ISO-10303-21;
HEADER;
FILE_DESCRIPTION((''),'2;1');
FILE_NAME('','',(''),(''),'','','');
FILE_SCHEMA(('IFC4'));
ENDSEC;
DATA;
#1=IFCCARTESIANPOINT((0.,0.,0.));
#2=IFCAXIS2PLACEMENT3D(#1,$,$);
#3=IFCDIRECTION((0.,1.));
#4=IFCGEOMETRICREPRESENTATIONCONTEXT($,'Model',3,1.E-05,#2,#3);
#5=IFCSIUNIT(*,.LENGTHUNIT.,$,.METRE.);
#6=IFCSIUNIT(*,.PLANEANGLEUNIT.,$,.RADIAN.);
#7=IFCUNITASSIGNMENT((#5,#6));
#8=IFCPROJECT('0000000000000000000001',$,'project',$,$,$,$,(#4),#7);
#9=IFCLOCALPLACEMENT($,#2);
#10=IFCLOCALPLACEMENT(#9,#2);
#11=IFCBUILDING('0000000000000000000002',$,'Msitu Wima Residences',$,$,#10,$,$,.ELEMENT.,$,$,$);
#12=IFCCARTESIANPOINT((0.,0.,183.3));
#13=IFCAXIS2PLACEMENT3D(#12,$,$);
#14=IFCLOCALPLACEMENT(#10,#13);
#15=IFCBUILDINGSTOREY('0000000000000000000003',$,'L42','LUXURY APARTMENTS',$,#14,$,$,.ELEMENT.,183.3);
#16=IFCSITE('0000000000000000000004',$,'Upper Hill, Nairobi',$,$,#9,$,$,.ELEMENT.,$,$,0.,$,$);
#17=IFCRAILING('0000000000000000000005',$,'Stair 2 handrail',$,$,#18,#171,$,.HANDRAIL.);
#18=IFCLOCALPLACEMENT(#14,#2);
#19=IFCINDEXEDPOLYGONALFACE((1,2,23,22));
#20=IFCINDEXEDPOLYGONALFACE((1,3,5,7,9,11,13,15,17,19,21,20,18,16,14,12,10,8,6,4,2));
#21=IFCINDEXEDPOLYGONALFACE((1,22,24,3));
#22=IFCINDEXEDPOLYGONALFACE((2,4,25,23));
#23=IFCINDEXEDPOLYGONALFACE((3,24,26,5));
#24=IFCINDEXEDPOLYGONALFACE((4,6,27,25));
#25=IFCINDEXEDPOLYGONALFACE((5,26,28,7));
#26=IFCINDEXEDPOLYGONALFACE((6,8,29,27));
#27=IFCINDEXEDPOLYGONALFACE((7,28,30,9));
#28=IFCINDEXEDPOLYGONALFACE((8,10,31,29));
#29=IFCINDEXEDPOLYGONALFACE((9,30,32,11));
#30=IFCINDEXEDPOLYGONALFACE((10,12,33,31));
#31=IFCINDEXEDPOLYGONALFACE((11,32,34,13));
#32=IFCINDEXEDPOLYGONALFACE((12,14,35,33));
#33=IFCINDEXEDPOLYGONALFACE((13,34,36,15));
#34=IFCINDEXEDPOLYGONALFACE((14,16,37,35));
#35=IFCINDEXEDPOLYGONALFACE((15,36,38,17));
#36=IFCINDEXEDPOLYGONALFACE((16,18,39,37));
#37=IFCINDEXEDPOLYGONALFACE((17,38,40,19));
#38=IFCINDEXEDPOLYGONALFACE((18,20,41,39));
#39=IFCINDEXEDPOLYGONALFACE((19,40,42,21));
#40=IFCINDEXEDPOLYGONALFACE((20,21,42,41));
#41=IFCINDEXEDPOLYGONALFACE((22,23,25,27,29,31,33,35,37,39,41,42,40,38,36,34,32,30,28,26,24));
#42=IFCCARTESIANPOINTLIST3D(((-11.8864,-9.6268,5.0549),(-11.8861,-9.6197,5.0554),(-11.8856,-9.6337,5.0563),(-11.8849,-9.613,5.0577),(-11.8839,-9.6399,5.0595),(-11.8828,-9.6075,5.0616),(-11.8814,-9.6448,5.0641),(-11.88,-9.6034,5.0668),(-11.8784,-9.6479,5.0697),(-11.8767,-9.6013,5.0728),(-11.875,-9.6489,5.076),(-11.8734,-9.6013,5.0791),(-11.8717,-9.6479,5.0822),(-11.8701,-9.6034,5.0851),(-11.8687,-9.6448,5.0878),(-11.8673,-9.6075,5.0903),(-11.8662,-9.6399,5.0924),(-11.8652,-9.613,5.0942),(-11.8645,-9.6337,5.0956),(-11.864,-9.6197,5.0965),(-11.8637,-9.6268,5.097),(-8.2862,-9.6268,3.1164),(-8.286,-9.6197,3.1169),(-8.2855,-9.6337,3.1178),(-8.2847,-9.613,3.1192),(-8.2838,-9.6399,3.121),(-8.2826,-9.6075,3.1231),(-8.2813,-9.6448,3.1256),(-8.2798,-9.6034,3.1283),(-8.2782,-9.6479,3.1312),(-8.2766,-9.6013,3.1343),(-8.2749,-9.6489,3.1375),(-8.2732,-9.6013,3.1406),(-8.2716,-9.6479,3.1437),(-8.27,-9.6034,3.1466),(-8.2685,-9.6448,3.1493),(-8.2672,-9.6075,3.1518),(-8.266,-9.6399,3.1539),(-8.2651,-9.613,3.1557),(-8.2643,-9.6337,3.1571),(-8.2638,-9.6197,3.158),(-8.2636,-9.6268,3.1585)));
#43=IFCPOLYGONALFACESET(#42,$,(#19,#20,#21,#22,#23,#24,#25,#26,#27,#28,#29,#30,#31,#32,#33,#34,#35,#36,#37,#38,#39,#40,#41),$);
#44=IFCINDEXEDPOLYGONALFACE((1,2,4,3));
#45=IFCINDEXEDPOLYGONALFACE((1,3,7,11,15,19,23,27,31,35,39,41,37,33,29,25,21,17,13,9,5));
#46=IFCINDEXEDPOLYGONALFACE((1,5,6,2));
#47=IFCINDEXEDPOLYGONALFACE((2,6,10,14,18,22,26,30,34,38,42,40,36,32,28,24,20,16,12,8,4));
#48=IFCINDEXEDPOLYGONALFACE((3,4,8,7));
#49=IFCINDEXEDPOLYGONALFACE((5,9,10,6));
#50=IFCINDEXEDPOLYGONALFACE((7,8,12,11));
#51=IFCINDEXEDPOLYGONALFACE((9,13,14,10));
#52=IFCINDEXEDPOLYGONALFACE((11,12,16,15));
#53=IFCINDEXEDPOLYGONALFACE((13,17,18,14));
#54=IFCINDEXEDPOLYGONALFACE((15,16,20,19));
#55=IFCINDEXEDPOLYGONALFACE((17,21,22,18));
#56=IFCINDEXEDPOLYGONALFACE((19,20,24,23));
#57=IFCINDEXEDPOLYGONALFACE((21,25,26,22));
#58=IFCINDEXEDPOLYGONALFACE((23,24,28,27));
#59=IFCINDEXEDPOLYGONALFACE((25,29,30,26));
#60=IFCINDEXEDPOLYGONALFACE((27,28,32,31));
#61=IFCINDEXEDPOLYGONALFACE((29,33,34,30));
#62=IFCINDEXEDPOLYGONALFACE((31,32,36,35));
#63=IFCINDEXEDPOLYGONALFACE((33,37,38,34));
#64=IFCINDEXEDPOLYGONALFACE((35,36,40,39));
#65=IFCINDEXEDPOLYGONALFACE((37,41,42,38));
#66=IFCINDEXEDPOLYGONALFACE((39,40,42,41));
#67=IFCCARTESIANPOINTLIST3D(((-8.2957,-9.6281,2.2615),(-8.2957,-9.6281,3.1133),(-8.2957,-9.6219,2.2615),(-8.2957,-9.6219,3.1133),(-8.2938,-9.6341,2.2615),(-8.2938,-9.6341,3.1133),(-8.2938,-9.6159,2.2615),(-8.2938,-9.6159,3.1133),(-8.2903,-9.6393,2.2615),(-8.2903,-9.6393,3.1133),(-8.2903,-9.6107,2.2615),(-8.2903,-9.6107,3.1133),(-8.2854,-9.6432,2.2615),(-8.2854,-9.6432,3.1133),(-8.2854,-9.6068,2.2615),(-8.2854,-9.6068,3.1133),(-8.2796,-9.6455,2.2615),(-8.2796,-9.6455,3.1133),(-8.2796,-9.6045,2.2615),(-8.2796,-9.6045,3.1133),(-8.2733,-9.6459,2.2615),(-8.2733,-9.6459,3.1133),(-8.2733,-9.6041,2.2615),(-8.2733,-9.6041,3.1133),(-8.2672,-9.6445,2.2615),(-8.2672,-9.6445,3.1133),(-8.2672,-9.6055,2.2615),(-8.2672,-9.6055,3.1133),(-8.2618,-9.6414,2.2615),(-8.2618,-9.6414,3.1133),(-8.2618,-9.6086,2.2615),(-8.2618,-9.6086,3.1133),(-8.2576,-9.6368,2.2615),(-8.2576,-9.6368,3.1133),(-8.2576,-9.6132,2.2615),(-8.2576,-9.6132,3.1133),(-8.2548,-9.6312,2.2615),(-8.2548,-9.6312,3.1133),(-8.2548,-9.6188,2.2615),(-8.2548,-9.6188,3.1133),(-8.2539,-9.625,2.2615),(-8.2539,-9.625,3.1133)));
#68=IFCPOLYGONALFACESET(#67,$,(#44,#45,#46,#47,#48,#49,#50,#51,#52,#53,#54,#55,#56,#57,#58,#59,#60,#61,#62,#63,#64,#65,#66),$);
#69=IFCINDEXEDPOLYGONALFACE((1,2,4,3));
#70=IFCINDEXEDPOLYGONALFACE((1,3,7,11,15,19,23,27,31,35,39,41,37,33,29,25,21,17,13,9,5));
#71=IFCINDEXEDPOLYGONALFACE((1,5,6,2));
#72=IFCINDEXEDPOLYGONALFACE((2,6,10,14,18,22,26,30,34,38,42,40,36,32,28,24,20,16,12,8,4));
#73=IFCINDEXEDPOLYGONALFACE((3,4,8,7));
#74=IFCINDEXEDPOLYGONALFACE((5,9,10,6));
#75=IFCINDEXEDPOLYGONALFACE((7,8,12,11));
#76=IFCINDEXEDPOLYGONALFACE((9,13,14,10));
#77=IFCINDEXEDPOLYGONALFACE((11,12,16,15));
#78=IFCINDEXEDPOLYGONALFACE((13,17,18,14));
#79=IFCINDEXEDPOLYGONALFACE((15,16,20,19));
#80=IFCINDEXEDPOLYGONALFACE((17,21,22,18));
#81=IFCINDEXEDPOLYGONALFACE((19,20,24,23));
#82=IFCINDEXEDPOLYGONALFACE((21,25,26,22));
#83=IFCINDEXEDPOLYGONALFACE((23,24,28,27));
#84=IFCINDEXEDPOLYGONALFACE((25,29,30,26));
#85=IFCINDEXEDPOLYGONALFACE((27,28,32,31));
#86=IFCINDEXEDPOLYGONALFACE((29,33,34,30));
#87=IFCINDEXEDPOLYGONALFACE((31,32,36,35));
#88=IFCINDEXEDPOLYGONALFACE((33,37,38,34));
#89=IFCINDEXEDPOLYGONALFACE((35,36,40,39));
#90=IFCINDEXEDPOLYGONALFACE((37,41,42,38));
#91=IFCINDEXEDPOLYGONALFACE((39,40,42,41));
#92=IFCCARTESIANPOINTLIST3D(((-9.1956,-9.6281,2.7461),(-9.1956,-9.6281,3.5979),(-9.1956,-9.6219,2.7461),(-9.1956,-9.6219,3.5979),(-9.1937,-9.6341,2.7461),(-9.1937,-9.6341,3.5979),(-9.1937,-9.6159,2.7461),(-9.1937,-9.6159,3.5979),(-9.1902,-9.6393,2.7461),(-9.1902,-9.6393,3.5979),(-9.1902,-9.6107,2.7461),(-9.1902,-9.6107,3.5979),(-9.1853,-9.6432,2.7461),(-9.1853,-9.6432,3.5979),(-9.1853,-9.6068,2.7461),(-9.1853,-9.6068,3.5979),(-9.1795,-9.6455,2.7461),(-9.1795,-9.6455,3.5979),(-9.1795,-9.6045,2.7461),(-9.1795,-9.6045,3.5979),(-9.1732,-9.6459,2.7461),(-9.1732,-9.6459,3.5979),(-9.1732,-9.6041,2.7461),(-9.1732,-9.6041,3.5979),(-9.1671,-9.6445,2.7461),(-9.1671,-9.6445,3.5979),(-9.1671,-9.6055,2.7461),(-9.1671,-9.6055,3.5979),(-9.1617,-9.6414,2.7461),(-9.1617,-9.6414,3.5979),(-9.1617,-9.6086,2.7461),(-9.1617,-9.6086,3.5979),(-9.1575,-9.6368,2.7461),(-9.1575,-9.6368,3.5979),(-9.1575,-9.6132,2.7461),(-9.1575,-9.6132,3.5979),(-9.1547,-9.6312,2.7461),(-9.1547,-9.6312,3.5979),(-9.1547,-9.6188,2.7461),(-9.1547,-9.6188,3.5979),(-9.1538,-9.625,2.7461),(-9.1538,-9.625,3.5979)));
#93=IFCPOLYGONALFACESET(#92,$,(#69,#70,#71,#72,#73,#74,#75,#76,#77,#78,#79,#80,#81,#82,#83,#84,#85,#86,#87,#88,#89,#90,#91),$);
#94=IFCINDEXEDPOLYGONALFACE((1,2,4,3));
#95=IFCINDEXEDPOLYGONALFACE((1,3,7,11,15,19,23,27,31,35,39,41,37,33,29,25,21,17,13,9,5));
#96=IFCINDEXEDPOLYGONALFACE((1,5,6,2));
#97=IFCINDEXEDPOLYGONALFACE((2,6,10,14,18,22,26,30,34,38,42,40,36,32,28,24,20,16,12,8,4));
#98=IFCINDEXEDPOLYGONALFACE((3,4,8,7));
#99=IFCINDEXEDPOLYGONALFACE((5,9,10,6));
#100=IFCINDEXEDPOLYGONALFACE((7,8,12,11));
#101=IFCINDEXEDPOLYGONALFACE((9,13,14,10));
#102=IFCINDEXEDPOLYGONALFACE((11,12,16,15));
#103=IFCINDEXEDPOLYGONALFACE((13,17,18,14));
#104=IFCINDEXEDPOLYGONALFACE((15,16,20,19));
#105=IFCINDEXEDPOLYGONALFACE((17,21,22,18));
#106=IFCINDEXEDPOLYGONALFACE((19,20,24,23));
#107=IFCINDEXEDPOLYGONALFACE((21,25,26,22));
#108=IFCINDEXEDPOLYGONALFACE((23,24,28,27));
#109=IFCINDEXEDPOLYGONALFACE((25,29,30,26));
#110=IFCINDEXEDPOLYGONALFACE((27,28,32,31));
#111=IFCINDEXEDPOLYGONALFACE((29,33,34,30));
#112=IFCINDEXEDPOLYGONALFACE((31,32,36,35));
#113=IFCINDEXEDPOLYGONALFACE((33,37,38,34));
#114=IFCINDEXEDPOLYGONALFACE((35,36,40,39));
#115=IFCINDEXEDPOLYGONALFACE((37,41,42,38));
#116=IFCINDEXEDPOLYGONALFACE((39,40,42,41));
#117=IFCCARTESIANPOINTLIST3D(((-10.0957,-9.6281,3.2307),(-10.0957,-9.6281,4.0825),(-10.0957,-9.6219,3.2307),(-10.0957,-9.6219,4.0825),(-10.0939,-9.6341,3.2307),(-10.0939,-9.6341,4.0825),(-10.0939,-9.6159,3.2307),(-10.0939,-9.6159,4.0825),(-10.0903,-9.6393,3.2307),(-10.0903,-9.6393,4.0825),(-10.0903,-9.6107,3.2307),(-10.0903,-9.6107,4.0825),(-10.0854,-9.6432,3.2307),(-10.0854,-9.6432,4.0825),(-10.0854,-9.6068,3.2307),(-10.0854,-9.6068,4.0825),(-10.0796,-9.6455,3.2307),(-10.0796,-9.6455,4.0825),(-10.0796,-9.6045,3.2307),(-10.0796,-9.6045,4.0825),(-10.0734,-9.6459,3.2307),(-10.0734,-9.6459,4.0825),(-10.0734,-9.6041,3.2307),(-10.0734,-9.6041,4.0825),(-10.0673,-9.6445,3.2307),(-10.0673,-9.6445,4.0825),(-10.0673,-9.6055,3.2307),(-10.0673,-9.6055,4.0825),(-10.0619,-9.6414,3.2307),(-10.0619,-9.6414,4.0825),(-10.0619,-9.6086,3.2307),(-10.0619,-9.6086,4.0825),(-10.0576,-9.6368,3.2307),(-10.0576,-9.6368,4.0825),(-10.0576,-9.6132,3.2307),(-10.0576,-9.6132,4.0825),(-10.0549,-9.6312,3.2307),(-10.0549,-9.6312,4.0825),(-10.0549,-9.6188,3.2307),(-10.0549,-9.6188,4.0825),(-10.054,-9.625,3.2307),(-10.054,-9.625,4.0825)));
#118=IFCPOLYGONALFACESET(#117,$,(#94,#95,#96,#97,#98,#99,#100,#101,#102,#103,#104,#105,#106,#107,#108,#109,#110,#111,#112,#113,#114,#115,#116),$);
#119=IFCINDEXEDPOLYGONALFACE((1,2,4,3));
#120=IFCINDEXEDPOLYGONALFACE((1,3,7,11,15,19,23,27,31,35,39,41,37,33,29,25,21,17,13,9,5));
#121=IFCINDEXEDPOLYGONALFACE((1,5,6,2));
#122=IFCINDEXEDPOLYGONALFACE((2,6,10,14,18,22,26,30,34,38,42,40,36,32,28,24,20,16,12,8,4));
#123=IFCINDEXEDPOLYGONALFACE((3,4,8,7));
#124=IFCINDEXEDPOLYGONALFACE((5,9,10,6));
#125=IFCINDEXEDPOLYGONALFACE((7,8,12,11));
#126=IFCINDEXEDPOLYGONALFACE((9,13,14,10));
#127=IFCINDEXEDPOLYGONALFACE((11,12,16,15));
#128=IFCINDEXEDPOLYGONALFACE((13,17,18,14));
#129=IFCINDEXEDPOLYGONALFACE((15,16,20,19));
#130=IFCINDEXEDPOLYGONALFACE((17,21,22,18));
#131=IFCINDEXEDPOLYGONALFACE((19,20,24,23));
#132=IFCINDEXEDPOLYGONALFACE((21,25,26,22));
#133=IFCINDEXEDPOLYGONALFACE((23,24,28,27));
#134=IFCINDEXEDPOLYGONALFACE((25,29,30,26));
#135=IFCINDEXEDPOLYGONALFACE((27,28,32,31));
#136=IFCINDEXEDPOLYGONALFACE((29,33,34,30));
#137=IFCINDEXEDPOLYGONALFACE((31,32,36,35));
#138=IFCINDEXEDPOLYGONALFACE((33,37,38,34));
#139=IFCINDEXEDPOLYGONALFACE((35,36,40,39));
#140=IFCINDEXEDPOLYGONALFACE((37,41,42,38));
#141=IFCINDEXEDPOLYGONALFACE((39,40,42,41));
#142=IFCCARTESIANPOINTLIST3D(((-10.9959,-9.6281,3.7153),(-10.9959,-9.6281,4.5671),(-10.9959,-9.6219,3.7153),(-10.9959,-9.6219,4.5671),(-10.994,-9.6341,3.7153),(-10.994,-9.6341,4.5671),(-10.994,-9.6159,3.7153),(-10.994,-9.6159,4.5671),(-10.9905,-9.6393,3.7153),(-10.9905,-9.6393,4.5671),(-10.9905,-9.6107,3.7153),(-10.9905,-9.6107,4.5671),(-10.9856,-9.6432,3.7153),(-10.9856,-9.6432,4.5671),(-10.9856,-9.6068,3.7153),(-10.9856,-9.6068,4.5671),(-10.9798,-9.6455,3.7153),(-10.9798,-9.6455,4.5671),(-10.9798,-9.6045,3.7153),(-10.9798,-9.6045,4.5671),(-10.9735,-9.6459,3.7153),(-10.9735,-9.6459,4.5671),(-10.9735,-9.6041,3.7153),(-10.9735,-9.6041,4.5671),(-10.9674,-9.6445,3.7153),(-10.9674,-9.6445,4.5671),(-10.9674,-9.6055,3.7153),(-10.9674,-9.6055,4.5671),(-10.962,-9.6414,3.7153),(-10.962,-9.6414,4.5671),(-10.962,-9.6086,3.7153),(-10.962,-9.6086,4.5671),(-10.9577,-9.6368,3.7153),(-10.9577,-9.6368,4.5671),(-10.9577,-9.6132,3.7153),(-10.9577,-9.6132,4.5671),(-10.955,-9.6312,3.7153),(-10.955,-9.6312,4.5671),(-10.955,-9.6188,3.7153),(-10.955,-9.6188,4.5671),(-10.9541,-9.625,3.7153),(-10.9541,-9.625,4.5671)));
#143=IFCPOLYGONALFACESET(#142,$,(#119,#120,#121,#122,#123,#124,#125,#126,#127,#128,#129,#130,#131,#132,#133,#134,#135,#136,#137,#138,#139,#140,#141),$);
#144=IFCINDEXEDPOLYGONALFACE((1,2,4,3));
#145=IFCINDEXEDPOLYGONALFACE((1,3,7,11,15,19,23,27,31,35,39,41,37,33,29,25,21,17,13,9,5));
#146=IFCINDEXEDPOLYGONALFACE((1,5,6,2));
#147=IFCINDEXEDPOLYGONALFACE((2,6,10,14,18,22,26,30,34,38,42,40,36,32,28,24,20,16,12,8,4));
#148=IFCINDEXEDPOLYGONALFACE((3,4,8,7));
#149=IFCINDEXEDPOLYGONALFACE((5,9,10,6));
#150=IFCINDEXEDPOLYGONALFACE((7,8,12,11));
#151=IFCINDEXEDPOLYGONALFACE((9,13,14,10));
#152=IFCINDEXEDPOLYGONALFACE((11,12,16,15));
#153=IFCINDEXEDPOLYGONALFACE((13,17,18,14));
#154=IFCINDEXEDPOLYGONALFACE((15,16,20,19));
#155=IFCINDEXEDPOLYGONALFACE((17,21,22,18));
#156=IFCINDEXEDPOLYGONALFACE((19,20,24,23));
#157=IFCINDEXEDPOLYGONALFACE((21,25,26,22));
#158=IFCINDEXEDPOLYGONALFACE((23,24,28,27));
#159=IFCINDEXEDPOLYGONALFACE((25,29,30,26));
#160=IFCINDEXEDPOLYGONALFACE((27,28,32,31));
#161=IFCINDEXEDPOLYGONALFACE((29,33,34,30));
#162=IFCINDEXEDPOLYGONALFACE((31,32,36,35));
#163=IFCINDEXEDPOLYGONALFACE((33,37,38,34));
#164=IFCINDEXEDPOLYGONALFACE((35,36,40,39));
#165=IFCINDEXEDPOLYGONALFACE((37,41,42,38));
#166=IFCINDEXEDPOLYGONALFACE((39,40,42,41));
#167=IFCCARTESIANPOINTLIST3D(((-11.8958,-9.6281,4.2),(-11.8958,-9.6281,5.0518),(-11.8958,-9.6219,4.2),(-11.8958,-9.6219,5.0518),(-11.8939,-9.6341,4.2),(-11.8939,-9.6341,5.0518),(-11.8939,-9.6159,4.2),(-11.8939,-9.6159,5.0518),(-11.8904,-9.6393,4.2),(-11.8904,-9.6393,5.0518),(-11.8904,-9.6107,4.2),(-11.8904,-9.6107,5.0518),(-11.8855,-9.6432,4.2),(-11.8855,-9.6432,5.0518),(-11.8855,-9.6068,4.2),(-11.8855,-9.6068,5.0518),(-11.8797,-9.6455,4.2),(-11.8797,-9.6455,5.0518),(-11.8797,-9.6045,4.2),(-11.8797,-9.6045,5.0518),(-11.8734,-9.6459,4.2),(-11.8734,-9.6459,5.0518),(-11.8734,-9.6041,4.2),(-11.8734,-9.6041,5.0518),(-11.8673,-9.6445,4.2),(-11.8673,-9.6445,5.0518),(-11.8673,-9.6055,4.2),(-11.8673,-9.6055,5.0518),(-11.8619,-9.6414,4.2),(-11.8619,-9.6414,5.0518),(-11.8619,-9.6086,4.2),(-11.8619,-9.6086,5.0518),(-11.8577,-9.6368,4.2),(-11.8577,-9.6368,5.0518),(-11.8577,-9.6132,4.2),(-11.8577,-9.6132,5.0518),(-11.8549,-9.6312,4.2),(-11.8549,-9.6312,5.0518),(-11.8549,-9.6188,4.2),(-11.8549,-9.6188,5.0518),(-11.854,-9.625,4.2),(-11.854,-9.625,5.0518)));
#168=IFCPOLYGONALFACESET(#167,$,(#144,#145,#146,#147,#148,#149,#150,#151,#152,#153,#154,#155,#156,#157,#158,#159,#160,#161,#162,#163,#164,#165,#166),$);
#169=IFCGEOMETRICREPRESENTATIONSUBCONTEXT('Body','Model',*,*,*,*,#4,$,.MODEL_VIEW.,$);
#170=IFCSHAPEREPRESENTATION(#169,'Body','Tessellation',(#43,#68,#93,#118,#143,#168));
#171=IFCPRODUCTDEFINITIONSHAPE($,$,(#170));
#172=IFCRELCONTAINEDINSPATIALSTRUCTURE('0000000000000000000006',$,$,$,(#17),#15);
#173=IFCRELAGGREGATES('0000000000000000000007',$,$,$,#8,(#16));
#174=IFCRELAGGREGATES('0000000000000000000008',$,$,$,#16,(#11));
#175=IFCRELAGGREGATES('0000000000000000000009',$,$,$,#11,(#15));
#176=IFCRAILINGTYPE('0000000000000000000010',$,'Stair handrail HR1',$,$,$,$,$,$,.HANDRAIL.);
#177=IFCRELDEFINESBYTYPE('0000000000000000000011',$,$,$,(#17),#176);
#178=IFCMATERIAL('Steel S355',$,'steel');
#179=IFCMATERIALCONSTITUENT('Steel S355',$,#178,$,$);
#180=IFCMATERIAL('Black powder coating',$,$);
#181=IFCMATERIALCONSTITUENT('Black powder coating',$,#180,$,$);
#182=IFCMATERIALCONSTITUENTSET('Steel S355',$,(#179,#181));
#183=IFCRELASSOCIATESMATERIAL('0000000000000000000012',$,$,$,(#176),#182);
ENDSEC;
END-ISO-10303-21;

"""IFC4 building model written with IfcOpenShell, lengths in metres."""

from ifc_helpers import new_model, si_unit, direction, frame, origin, origin_2d, place, context, subcontext, project, spatial, circle, extrude, material, constituent, constituent_set, type_object, element, save


model = new_model("IFC4")

# Units and contexts
model_context = context("Model", 3, precision=1e-05, world=origin(), true_north=direction((0.0, 1.0)))
body_context = subcontext(model_context, "Body", "Model", "MODEL_VIEW")
ifc_project = project(units=[si_unit("LENGTHUNIT", "METRE"), si_unit("PLANEANGLEUNIT", "RADIAN")], contexts=[model_context])

# Site, building, storey
site_placement = place(None, origin())
site = spatial("IfcSite", under=ifc_project, at=site_placement, Name="Upper Hill, Nairobi", CompositionType="ELEMENT", RefElevation=0.0)
building_placement = place(site_placement, origin())
building = spatial("IfcBuilding", under=site, at=building_placement, Name="Msitu Wima Residences", CompositionType="ELEMENT")
storey_placement = place(building_placement, frame((0.0, 0.0, 183.3)))
storey = spatial("IfcBuildingStorey", under=building, at=storey_placement, Name="L42", Description="LUXURY APARTMENTS", CompositionType="ELEMENT", Elevation=183.3)

# Railing
ifc_material_1 = material(Name="Steel S355", Category="steel")
ifc_constituent_1 = constituent(ifc_material_1, Name="Steel S355")
ifc_material_2 = material(Name="Black powder coating")
ifc_constituent_2 = constituent(ifc_material_2, Name="Black powder coating")
ifc_constituent_set = constituent_set(constituents=[ifc_constituent_1, ifc_constituent_2], Name="Steel S355")
railing_type = type_object("IfcRailingType", Name="Stair handrail HR1", PredefinedType="HANDRAIL", material=ifc_constituent_set)
railing_placement = place(storey_placement, frame((-8.2749, -9.625, 2.2615)))
element("IfcRailing", 1, at=railing_placement, inside=storey, type_object=railing_type, Name="Stair 2 handrail", PredefinedType="HANDRAIL", context=body_context, shape_type="SweptSolid", body=[
    extrude(circle(Radius=0.0239, at=origin_2d()), frame((0.0, 0.0, 0.876), z_axis=(-0.880475, 0.0, 0.474093), x_axis=(0.0, -1.0, 0.0)), (0.0, 0.0, 1.0), 4.0889),
    extrude(circle(Radius=0.021, at=origin_2d()), origin(), (0.0, 0.0, 1.0), 0.8518),
    extrude(circle(Radius=0.021, at=origin_2d()), frame((-0.8999, 0.0, 0.4846)), (0.0, 0.0, 1.0), 0.8518),
    extrude(circle(Radius=0.021, at=origin_2d()), frame((-1.8, 0.0, 0.9692)), (0.0, 0.0, 1.0), 0.8518),
    extrude(circle(Radius=0.021, at=origin_2d()), frame((-2.7002, 0.0, 1.4539)), (0.0, 0.0, 1.0), 0.8518),
    extrude(circle(Radius=0.021, at=origin_2d()), frame((-3.6001, 0.0, 1.9385)), (0.0, 0.0, 1.0), 0.8518),
])

save(model, "model.ifc")
